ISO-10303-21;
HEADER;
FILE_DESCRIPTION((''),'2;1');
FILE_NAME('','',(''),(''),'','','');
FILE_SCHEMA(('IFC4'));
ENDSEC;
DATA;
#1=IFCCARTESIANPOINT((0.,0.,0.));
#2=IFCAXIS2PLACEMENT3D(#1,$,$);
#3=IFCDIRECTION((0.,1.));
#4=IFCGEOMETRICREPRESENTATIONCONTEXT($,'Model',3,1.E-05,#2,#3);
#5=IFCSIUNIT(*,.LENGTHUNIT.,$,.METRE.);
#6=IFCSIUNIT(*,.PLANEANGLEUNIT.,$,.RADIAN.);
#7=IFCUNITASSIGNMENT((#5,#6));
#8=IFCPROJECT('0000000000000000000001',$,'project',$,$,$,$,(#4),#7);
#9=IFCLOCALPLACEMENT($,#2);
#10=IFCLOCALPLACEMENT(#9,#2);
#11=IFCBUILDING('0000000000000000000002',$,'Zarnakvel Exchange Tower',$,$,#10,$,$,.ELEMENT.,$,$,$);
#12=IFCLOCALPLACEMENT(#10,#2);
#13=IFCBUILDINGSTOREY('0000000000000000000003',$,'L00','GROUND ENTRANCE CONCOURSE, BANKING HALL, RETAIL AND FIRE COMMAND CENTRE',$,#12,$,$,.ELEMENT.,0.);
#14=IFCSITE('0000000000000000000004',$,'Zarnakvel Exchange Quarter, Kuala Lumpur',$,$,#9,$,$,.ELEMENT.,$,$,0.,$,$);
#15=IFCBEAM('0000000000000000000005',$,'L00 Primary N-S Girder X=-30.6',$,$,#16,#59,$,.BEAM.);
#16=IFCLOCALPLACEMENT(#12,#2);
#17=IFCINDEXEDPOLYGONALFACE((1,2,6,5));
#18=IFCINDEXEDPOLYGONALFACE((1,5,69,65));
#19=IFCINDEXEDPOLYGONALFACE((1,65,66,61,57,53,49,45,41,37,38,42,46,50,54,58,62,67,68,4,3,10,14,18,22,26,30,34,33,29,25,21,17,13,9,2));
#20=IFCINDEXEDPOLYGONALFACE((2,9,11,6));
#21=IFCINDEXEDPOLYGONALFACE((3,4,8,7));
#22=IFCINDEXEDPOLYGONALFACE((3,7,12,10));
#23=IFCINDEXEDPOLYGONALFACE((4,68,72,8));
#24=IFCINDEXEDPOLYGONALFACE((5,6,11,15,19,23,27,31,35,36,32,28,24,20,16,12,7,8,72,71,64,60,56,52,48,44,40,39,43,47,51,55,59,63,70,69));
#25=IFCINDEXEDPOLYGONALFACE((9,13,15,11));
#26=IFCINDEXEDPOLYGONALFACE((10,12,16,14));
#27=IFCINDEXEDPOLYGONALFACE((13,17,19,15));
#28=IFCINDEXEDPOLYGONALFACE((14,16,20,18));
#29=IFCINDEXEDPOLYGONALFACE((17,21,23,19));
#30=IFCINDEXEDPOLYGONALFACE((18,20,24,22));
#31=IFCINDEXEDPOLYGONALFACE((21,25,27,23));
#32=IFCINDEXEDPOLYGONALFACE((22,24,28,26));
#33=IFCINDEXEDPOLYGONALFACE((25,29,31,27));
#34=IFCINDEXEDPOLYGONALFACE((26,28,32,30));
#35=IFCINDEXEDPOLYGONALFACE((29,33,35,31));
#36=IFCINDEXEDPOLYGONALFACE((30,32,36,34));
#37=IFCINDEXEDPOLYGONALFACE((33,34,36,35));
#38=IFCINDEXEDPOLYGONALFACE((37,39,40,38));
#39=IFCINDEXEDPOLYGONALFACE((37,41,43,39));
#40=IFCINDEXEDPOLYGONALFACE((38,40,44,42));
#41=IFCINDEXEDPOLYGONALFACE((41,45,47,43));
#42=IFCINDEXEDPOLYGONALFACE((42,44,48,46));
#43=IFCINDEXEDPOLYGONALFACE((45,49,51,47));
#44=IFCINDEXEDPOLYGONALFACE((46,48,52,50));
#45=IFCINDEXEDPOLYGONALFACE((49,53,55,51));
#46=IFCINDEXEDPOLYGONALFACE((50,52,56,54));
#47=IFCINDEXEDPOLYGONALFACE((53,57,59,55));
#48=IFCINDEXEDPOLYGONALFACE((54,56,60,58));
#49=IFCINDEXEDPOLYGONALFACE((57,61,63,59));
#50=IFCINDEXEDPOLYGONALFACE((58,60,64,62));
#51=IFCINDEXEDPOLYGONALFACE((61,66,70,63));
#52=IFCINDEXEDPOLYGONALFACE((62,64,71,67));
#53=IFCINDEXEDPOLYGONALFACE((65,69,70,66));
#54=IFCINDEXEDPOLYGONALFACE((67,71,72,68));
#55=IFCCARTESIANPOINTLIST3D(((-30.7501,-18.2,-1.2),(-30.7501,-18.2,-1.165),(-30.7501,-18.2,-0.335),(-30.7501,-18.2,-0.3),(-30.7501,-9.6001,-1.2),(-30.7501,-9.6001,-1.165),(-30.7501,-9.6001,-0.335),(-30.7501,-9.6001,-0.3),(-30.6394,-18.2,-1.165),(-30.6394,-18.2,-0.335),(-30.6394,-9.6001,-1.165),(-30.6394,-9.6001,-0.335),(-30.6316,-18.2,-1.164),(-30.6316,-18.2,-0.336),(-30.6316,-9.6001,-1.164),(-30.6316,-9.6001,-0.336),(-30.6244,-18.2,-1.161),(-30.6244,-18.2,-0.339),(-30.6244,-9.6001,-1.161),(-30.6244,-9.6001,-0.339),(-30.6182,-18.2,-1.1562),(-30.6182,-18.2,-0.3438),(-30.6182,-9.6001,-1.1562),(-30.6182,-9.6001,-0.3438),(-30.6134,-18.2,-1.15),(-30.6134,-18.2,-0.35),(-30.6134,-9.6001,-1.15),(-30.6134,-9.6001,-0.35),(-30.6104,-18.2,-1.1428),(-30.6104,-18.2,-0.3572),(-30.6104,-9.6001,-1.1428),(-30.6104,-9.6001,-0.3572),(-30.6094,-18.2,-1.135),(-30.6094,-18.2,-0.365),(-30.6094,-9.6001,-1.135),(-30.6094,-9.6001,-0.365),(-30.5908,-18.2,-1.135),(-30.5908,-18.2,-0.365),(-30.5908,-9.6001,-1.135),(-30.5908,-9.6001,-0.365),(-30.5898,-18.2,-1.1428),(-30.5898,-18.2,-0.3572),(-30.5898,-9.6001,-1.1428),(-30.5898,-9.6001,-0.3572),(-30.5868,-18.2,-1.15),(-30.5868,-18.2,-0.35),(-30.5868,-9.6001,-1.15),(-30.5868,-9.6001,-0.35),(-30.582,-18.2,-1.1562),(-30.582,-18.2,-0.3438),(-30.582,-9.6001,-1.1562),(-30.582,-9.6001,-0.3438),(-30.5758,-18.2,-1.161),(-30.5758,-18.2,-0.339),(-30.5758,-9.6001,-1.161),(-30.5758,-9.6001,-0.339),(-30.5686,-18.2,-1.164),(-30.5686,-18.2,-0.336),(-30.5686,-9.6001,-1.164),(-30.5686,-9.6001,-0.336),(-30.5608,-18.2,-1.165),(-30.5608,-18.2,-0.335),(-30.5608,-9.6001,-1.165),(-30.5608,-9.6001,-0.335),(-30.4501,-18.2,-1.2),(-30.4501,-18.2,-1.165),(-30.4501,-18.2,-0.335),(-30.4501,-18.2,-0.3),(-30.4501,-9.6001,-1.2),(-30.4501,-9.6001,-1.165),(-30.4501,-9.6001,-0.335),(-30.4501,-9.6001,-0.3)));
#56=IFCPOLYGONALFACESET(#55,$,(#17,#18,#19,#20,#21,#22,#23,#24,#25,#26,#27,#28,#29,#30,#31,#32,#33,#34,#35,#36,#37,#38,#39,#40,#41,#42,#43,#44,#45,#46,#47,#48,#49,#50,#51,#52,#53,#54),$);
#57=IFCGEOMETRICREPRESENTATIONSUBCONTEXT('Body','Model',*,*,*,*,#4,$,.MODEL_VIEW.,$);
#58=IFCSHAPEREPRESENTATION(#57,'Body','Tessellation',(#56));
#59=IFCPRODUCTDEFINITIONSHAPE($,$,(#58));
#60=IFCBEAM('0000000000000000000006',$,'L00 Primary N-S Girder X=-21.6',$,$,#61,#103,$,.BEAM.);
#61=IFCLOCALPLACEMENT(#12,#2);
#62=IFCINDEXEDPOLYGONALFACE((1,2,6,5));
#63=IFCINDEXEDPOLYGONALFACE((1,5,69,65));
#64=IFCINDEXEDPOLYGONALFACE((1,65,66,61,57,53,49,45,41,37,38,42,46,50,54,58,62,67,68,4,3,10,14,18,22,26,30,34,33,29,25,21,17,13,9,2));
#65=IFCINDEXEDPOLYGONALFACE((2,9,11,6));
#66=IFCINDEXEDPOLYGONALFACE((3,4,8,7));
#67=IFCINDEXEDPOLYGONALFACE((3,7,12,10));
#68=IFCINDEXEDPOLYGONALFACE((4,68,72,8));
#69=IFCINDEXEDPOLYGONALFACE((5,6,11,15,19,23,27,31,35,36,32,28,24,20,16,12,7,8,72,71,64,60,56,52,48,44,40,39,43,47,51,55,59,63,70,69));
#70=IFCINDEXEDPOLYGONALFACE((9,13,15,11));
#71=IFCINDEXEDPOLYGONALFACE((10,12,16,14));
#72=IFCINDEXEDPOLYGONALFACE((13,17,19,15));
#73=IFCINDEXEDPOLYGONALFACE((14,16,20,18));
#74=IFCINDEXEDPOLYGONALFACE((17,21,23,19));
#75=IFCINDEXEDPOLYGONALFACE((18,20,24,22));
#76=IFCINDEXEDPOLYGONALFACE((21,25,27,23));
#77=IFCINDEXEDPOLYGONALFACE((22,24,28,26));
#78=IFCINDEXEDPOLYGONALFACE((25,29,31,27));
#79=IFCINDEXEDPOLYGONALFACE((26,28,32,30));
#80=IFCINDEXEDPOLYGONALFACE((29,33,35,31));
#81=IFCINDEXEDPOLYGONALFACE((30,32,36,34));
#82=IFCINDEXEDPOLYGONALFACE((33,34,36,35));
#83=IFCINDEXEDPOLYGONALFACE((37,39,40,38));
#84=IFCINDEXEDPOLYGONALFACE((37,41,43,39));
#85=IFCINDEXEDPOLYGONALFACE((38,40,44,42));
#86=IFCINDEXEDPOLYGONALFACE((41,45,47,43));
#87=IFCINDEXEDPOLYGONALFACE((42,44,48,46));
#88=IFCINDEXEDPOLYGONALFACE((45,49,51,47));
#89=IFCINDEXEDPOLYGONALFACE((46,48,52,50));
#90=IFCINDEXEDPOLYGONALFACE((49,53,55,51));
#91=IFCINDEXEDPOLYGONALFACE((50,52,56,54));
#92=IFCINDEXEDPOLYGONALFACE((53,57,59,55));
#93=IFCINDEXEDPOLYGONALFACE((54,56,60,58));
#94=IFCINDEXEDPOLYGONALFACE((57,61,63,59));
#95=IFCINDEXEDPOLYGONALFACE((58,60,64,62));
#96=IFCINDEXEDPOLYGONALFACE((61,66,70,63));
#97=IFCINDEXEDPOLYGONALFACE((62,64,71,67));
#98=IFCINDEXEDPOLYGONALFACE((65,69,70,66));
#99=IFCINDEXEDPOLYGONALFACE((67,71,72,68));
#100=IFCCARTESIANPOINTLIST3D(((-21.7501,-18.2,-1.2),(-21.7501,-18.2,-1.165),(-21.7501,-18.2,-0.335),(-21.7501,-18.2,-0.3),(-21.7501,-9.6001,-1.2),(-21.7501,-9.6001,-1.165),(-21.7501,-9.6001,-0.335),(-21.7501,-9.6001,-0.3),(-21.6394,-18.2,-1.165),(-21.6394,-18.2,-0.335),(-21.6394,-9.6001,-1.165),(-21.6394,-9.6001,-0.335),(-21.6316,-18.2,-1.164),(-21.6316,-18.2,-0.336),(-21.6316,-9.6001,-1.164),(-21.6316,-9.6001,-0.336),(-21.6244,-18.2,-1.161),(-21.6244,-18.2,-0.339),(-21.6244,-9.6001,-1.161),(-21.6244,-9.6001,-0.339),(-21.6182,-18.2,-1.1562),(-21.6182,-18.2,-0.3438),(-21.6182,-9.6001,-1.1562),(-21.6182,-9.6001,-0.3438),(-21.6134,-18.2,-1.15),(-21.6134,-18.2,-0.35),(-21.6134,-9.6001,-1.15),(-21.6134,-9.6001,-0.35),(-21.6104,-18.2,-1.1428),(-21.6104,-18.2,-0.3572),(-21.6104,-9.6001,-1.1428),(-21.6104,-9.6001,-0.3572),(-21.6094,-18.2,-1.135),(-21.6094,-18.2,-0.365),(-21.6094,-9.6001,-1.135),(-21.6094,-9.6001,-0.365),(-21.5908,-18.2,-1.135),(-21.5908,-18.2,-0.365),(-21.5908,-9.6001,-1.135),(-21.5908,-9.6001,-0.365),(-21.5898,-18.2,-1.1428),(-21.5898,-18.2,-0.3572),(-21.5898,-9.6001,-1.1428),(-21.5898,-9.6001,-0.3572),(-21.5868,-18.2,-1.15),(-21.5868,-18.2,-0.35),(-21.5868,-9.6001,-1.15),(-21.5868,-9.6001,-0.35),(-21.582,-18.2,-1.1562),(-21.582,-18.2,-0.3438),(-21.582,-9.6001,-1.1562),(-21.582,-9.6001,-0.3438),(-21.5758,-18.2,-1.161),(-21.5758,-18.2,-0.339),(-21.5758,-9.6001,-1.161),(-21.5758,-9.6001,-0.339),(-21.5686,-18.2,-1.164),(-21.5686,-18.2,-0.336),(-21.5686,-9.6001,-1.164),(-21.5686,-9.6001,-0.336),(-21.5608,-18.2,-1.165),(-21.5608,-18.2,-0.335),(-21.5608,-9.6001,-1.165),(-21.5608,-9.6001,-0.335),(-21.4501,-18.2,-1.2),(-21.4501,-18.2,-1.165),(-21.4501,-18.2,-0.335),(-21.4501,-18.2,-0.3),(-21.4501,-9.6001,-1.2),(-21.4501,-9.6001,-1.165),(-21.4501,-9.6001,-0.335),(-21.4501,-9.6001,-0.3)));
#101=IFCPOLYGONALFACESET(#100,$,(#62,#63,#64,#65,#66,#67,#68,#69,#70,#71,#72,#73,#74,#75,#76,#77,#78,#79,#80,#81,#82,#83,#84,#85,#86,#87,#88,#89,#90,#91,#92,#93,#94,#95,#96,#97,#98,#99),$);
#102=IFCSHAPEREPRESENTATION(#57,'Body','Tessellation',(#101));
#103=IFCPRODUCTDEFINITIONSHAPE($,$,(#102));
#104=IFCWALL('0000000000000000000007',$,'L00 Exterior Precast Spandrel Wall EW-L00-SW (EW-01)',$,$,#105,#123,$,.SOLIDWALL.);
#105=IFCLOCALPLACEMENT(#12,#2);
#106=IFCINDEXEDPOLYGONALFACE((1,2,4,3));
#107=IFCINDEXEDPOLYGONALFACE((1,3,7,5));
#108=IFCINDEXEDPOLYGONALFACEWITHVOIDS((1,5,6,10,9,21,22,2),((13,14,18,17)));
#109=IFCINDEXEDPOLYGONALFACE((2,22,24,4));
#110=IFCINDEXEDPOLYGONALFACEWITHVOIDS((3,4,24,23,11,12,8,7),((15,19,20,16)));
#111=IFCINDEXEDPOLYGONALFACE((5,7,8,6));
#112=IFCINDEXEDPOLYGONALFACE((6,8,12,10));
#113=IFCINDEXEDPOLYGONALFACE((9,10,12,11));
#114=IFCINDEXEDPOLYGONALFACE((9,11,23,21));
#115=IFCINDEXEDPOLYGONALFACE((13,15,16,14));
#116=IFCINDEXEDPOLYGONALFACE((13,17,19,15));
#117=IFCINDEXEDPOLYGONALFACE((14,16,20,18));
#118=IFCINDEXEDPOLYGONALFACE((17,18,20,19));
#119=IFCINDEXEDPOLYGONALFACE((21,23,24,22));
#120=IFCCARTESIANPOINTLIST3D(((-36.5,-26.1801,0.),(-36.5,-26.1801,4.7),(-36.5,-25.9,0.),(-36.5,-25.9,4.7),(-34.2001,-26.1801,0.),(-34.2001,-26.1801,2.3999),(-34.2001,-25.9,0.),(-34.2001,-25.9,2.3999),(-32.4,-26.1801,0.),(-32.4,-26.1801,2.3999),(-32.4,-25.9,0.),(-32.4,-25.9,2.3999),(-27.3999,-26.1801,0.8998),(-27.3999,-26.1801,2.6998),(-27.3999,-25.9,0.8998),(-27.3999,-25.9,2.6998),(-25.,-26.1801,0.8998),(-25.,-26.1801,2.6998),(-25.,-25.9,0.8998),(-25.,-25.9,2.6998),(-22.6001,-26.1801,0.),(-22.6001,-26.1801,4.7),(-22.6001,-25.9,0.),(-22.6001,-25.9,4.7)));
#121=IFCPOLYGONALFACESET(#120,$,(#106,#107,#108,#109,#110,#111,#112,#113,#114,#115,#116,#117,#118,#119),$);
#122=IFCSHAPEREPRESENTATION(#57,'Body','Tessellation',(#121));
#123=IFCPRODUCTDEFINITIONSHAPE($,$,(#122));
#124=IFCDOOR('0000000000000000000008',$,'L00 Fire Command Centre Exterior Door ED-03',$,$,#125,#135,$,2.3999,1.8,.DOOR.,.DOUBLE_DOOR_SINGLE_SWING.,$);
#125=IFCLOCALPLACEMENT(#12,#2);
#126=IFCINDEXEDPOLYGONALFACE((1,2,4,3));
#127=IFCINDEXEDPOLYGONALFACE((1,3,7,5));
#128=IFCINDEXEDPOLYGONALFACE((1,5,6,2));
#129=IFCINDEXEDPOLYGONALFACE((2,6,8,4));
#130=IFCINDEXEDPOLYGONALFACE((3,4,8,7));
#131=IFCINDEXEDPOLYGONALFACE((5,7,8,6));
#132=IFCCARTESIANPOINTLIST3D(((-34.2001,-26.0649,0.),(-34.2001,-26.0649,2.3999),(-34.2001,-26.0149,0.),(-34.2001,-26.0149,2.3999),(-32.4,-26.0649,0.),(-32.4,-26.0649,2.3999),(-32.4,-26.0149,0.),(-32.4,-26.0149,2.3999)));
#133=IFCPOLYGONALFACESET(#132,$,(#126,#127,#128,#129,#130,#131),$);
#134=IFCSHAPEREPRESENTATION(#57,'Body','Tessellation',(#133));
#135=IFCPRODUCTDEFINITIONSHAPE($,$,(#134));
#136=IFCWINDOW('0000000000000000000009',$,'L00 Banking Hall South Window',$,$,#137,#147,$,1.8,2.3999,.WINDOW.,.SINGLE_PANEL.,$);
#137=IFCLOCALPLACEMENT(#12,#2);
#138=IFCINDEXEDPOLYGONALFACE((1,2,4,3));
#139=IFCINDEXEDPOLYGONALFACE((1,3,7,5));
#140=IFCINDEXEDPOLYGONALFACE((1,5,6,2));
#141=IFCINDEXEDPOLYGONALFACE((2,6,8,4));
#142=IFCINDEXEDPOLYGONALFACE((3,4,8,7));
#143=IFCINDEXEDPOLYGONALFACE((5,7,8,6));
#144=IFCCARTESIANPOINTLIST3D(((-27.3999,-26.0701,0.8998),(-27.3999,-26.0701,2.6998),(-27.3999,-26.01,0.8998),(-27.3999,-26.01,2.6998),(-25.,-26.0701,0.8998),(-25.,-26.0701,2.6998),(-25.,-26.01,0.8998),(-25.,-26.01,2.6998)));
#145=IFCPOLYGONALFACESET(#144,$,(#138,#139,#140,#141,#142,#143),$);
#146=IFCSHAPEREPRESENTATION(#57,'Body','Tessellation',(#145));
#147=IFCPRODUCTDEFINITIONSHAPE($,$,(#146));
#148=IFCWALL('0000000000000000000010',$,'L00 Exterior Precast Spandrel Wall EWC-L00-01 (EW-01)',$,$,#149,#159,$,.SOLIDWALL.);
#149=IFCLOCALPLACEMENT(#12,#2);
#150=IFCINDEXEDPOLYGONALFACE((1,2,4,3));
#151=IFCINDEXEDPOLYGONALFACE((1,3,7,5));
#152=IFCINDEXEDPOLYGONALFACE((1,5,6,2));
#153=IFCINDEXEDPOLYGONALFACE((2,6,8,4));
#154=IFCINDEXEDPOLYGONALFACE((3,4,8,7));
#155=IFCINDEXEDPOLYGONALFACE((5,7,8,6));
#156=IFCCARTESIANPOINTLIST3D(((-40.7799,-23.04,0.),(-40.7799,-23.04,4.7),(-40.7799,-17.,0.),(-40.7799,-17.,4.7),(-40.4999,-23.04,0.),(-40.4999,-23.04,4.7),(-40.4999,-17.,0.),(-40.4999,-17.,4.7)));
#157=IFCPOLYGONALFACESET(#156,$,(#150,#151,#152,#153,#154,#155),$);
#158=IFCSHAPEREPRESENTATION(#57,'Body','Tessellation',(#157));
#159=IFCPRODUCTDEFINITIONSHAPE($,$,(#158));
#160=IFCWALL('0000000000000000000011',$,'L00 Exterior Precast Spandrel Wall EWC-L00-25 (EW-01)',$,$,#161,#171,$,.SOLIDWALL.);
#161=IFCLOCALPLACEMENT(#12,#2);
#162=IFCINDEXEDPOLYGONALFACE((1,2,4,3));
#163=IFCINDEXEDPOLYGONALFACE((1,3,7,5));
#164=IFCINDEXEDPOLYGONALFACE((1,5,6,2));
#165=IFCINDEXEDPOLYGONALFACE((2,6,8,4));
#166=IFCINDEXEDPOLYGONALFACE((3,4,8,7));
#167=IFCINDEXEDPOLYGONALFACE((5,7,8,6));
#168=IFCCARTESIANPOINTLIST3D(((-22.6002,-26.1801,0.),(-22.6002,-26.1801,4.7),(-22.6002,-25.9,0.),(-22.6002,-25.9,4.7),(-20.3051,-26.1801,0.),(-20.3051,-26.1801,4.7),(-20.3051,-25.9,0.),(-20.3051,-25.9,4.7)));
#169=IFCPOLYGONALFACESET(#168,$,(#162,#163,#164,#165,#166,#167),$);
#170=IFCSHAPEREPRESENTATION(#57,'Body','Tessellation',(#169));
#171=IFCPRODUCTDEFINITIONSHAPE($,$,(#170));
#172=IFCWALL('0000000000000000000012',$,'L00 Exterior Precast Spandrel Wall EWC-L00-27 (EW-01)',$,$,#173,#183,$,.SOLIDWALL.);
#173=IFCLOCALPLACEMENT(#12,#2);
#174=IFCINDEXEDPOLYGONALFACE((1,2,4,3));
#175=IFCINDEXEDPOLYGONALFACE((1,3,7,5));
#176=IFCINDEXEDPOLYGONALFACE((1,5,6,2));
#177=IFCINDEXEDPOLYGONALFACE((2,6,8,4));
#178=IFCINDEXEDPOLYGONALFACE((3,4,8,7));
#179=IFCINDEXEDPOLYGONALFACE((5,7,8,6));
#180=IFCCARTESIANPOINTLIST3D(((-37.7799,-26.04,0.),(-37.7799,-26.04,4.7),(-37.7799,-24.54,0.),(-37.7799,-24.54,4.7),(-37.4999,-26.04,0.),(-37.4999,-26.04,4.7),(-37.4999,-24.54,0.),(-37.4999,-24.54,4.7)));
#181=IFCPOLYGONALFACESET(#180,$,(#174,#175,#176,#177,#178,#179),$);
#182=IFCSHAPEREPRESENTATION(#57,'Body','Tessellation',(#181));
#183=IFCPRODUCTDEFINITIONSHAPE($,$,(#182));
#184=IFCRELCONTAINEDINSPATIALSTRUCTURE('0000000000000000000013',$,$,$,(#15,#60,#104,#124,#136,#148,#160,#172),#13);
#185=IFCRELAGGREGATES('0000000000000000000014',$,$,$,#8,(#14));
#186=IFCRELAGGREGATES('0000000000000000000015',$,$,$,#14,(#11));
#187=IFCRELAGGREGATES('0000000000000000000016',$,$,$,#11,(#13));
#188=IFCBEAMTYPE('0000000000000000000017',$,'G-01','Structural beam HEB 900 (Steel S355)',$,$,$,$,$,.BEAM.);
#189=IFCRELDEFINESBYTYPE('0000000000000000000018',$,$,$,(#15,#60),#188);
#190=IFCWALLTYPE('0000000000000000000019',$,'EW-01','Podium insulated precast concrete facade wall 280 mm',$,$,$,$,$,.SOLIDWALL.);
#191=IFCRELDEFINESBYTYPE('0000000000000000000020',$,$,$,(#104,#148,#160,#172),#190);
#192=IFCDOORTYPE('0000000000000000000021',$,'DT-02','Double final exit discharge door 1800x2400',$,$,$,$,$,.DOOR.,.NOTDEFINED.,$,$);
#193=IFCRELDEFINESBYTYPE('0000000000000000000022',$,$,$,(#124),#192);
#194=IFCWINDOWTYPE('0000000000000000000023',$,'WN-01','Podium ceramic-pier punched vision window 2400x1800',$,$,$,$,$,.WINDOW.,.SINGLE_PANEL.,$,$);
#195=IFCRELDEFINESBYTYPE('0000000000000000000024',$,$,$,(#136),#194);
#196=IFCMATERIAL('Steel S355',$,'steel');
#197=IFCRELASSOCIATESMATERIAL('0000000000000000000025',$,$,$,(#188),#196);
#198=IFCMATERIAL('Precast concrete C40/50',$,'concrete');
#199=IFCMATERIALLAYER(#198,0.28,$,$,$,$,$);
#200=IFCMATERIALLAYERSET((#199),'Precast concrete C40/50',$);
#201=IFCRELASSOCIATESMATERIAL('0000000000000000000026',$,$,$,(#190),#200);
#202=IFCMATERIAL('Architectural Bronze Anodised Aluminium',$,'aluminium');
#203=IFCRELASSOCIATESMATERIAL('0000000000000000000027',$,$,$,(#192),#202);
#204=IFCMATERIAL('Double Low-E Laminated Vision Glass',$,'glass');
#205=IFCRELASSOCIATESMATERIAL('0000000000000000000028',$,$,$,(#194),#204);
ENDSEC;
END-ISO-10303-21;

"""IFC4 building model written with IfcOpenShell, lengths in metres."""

from ifc_helpers import new_model, si_unit, direction, frame, frame_2d, origin, origin_2d, place, context, subcontext, project, spatial, rectangle, i_section, extrude, source, transform, mapped, material, layer, layer_set, material_profile, profile_set, type_object, element, fill, save


model = new_model("IFC4")

# Units and contexts
model_context = context("Model", 3, precision=1e-05, world=origin(), true_north=direction((0.0, 1.0)))
body_context = subcontext(model_context, "Body", "Model", "MODEL_VIEW")
ifc_project = project(units=[si_unit("LENGTHUNIT", "METRE"), si_unit("PLANEANGLEUNIT", "RADIAN")], contexts=[model_context])

# Site, building, storey
site_placement = place(None, origin())
site = spatial("IfcSite", under=ifc_project, at=site_placement, Name="Zarnakvel Exchange Quarter, Kuala Lumpur", CompositionType="ELEMENT", RefElevation=0.0)
building_placement = place(site_placement, origin())
building = spatial("IfcBuilding", under=site, at=building_placement, Name="Zarnakvel Exchange Tower", CompositionType="ELEMENT")
storey_placement = place(building_placement, origin())
storey = spatial("IfcBuildingStorey", under=building, at=storey_placement, Name="L00", Description="GROUND ENTRANCE CONCOURSE, BANKING HALL, RETAIL AND FIRE COMMAND CENTRE", CompositionType="ELEMENT", Elevation=0.0)

# Beams
ifc_material_1 = material(Name="Steel S355", Category="steel")
ifc_material_profile_1 = material_profile(ifc_material_1, i_section(OverallWidth=0.3, OverallDepth=0.8999, WebThickness=0.0186, FlangeThickness=0.0349, FilletRadius=0.03, at=origin_2d()))
ifc_profile_set_1 = profile_set([ifc_material_profile_1], Name="Steel S355")
beam_type_1 = type_object("IfcBeamType", Name="G-01", Description="Structural beam HEB 900 (Steel S355)", PredefinedType="BEAM", material=ifc_profile_set_1)
for number, where, z_axis, x_axis, name in (
    (1, (-30.6001, -18.2, -0.75), (0.0, 1.0, 0.0), (-1.0, 0.0, 0.0), "L00 Primary N-S Girder X=-30.6"),
    (2, (-21.6001, -18.2, -0.75), (0.0, 1.0, 0.0), (-1.0, 0.0, 0.0), "L00 Primary N-S Girder X=-21.6"),
):
    element("IfcBeam", number, at=place(storey_placement, frame(where, z_axis=z_axis, x_axis=x_axis)), inside=storey, type_object=beam_type_1, Name=name, PredefinedType="BEAM", context=body_context, shape_type="SweptSolid", body=[
        extrude(i_section(OverallWidth=0.3, OverallDepth=0.8999, WebThickness=0.0186, FlangeThickness=0.0349, FilletRadius=0.03, at=origin_2d()), origin(), (0.0, 0.0, 1.0), 8.5999),
    ])

# Shared definitions
ifc_material_2 = material(Name="Precast concrete C40/50", Category="concrete")
ifc_layer_1 = layer(ifc_material_2, 0.28)
ifc_layer_set_1 = layer_set([ifc_layer_1], Name="Precast concrete C40/50")
wall_type_1 = type_object("IfcWallType", Name="EW-01", Description="Podium insulated precast concrete facade wall 280 mm", PredefinedType="SOLIDWALL", material=ifc_layer_set_1)
ifc_material_3 = material(Name="Architectural Bronze Anodised Aluminium", Category="aluminium")
door_type_1 = type_object("IfcDoorType", Name="DT-02", Description="Double final exit discharge door 1800x2400", OperationType="NOTDEFINED", PredefinedType="DOOR", material=ifc_material_3)
shared_shape_1 = source(origin(), body_context, "Body", "SweptSolid", [
    extrude(rectangle(XDim=1.8, YDim=2.3999, at=frame_2d((0.8999, 1.2))), frame((0.0, 0.0249, 0.0), z_axis=(0.0, -1.0, 0.0), x_axis=(1.0, 0.0, 0.0)), (0.0, 0.0, 1.0), 0.05),
])

# Wall, openings, door, window
wall_1_placement = place(storey_placement, frame((-22.6001, -26.04, 0.0), z_axis=(0.0, 0.0, 1.0), x_axis=(-1.0, 0.0, 0.0)))
wall_1 = element("IfcWall", 3, at=wall_1_placement, inside=storey, type_object=wall_type_1, Name="L00 Exterior Precast Spandrel Wall EW-L00-SW (EW-01)", PredefinedType="SOLIDWALL", context=body_context, shape_type="SweptSolid", body=[
    extrude(rectangle(XDim=13.8999, YDim=0.28, at=frame_2d((6.95, 0.0))), origin(), (0.0, 0.0, 1.0), 4.7),
])
opening_1_placement = place(wall_1_placement, frame((9.8, 0.0, 0.0)))
opening_1 = element("IfcOpeningElement", 4, at=opening_1_placement, cuts=wall_1, PredefinedType="OPENING", context=body_context, shape_type="SweptSolid", body=[
    extrude(rectangle(XDim=1.8, YDim=2.3999, at=frame_2d((0.8999, 1.2))), frame((0.0, 0.1499, 0.0), z_axis=(0.0, -1.0, 0.0), x_axis=(1.0, 0.0, 0.0)), (0.0, 0.0, 1.0), 0.3),
])
opening_2_placement = place(wall_1_placement, frame((2.3999, 0.0, 0.8999)))
opening_2 = element("IfcOpeningElement", 5, at=opening_2_placement, cuts=wall_1, PredefinedType="OPENING", context=body_context, shape_type="SweptSolid", body=[
    extrude(rectangle(XDim=2.3999, YDim=1.8, at=frame_2d((1.2, 0.8999))), frame((0.0, 0.1499, 0.0), z_axis=(0.0, -1.0, 0.0), x_axis=(1.0, 0.0, 0.0)), (0.0, 0.0, 1.0), 0.3),
])
door_1_placement = place(opening_1_placement, origin())
door_1 = element("IfcDoor", 6, at=door_1_placement, inside=storey, type_object=door_type_1, Name="L00 Fire Command Centre Exterior Door ED-03", OperationType="DOUBLE_DOOR_SINGLE_SWING", OverallHeight=2.3999, OverallWidth=1.8, PredefinedType="DOOR", context=body_context, shape_type="MappedRepresentation", body=[
    mapped(shared_shape_1, transform((0.0, 0.0, 0.0), x_axis=(1.0, 0.0, 0.0), y_axis=(0.0, 1.0, 0.0), z_axis=(0.0, 0.0, 1.0), scale=1.0)),
])
fill(opening_1, door_1)
ifc_material_4 = material(Name="Double Low-E Laminated Vision Glass", Category="glass")
window_type = type_object("IfcWindowType", Name="WN-01", Description="Podium ceramic-pier punched vision window 2400x1800", PartitioningType="SINGLE_PANEL", PredefinedType="WINDOW", material=ifc_material_4)
shared_shape_2 = source(origin(), body_context, "Body", "SweptSolid", [
    extrude(rectangle(XDim=2.3999, YDim=1.8, at=frame_2d((1.2, 0.8999))), frame((0.0, 0.03, 0.0), z_axis=(0.0, -1.0, 0.0), x_axis=(1.0, 0.0, 0.0)), (0.0, 0.0, 1.0), 0.0601),
])
window_placement = place(opening_2_placement, origin())
window = element("IfcWindow", 7, at=window_placement, inside=storey, type_object=window_type, Name="L00 Banking Hall South Window", OverallHeight=1.8, OverallWidth=2.3999, PartitioningType="SINGLE_PANEL", PredefinedType="WINDOW", context=body_context, shape_type="MappedRepresentation", body=[
    mapped(shared_shape_2, transform((0.0, 0.0, 0.0), x_axis=(1.0, 0.0, 0.0), y_axis=(0.0, 1.0, 0.0), z_axis=(0.0, 0.0, 1.0), scale=1.0)),
])
fill(opening_2, window)

# Walls
wall_2_placement = place(storey_placement, frame((-40.6399, -17.0, 0.0), z_axis=(0.0, 0.0, 1.0), x_axis=(0.0, -1.0, 0.0)))
element("IfcWall", 8, at=wall_2_placement, inside=storey, type_object=wall_type_1, Name="L00 Exterior Precast Spandrel Wall EWC-L00-01 (EW-01)", PredefinedType="SOLIDWALL", context=body_context, shape_type="SweptSolid", body=[
    extrude(rectangle(XDim=6.04, YDim=0.28, at=frame_2d((3.02, 0.0))), origin(), (0.0, 0.0, 1.0), 4.7),
])
wall_3_placement = place(storey_placement, frame((-22.6001, -26.04, 0.0), z_axis=(0.0, 0.0, 1.0), x_axis=(1.0, 0.0, 0.0)))
element("IfcWall", 9, at=wall_3_placement, inside=storey, type_object=wall_type_1, Name="L00 Exterior Precast Spandrel Wall EWC-L00-25 (EW-01)", PredefinedType="SOLIDWALL", context=body_context, shape_type="SweptSolid", body=[
    extrude(rectangle(XDim=2.2952, YDim=0.28, at=frame_2d((1.1475, 0.0))), origin(), (0.0, 0.0, 1.0), 4.7),
])
for number, where, z_axis, x_axis, name in (
    (10, (-37.6399, -24.54, 0.0), (0.0, 0.0, 1.0), (0.0, -1.0, 0.0), "L00 Exterior Precast Spandrel Wall EWC-L00-27 (EW-01)"),
):
    element("IfcWall", number, at=place(storey_placement, frame(where, z_axis=z_axis, x_axis=x_axis)), inside=storey, type_object=wall_type_1, Name=name, PredefinedType="SOLIDWALL", context=body_context, shape_type="SweptSolid", body=[
        extrude(rectangle(XDim=1.5, YDim=0.28, at=frame_2d((0.75, 0.0))), origin(), (0.0, 0.0, 1.0), 4.7),
    ])

save(model, "model.ifc")
